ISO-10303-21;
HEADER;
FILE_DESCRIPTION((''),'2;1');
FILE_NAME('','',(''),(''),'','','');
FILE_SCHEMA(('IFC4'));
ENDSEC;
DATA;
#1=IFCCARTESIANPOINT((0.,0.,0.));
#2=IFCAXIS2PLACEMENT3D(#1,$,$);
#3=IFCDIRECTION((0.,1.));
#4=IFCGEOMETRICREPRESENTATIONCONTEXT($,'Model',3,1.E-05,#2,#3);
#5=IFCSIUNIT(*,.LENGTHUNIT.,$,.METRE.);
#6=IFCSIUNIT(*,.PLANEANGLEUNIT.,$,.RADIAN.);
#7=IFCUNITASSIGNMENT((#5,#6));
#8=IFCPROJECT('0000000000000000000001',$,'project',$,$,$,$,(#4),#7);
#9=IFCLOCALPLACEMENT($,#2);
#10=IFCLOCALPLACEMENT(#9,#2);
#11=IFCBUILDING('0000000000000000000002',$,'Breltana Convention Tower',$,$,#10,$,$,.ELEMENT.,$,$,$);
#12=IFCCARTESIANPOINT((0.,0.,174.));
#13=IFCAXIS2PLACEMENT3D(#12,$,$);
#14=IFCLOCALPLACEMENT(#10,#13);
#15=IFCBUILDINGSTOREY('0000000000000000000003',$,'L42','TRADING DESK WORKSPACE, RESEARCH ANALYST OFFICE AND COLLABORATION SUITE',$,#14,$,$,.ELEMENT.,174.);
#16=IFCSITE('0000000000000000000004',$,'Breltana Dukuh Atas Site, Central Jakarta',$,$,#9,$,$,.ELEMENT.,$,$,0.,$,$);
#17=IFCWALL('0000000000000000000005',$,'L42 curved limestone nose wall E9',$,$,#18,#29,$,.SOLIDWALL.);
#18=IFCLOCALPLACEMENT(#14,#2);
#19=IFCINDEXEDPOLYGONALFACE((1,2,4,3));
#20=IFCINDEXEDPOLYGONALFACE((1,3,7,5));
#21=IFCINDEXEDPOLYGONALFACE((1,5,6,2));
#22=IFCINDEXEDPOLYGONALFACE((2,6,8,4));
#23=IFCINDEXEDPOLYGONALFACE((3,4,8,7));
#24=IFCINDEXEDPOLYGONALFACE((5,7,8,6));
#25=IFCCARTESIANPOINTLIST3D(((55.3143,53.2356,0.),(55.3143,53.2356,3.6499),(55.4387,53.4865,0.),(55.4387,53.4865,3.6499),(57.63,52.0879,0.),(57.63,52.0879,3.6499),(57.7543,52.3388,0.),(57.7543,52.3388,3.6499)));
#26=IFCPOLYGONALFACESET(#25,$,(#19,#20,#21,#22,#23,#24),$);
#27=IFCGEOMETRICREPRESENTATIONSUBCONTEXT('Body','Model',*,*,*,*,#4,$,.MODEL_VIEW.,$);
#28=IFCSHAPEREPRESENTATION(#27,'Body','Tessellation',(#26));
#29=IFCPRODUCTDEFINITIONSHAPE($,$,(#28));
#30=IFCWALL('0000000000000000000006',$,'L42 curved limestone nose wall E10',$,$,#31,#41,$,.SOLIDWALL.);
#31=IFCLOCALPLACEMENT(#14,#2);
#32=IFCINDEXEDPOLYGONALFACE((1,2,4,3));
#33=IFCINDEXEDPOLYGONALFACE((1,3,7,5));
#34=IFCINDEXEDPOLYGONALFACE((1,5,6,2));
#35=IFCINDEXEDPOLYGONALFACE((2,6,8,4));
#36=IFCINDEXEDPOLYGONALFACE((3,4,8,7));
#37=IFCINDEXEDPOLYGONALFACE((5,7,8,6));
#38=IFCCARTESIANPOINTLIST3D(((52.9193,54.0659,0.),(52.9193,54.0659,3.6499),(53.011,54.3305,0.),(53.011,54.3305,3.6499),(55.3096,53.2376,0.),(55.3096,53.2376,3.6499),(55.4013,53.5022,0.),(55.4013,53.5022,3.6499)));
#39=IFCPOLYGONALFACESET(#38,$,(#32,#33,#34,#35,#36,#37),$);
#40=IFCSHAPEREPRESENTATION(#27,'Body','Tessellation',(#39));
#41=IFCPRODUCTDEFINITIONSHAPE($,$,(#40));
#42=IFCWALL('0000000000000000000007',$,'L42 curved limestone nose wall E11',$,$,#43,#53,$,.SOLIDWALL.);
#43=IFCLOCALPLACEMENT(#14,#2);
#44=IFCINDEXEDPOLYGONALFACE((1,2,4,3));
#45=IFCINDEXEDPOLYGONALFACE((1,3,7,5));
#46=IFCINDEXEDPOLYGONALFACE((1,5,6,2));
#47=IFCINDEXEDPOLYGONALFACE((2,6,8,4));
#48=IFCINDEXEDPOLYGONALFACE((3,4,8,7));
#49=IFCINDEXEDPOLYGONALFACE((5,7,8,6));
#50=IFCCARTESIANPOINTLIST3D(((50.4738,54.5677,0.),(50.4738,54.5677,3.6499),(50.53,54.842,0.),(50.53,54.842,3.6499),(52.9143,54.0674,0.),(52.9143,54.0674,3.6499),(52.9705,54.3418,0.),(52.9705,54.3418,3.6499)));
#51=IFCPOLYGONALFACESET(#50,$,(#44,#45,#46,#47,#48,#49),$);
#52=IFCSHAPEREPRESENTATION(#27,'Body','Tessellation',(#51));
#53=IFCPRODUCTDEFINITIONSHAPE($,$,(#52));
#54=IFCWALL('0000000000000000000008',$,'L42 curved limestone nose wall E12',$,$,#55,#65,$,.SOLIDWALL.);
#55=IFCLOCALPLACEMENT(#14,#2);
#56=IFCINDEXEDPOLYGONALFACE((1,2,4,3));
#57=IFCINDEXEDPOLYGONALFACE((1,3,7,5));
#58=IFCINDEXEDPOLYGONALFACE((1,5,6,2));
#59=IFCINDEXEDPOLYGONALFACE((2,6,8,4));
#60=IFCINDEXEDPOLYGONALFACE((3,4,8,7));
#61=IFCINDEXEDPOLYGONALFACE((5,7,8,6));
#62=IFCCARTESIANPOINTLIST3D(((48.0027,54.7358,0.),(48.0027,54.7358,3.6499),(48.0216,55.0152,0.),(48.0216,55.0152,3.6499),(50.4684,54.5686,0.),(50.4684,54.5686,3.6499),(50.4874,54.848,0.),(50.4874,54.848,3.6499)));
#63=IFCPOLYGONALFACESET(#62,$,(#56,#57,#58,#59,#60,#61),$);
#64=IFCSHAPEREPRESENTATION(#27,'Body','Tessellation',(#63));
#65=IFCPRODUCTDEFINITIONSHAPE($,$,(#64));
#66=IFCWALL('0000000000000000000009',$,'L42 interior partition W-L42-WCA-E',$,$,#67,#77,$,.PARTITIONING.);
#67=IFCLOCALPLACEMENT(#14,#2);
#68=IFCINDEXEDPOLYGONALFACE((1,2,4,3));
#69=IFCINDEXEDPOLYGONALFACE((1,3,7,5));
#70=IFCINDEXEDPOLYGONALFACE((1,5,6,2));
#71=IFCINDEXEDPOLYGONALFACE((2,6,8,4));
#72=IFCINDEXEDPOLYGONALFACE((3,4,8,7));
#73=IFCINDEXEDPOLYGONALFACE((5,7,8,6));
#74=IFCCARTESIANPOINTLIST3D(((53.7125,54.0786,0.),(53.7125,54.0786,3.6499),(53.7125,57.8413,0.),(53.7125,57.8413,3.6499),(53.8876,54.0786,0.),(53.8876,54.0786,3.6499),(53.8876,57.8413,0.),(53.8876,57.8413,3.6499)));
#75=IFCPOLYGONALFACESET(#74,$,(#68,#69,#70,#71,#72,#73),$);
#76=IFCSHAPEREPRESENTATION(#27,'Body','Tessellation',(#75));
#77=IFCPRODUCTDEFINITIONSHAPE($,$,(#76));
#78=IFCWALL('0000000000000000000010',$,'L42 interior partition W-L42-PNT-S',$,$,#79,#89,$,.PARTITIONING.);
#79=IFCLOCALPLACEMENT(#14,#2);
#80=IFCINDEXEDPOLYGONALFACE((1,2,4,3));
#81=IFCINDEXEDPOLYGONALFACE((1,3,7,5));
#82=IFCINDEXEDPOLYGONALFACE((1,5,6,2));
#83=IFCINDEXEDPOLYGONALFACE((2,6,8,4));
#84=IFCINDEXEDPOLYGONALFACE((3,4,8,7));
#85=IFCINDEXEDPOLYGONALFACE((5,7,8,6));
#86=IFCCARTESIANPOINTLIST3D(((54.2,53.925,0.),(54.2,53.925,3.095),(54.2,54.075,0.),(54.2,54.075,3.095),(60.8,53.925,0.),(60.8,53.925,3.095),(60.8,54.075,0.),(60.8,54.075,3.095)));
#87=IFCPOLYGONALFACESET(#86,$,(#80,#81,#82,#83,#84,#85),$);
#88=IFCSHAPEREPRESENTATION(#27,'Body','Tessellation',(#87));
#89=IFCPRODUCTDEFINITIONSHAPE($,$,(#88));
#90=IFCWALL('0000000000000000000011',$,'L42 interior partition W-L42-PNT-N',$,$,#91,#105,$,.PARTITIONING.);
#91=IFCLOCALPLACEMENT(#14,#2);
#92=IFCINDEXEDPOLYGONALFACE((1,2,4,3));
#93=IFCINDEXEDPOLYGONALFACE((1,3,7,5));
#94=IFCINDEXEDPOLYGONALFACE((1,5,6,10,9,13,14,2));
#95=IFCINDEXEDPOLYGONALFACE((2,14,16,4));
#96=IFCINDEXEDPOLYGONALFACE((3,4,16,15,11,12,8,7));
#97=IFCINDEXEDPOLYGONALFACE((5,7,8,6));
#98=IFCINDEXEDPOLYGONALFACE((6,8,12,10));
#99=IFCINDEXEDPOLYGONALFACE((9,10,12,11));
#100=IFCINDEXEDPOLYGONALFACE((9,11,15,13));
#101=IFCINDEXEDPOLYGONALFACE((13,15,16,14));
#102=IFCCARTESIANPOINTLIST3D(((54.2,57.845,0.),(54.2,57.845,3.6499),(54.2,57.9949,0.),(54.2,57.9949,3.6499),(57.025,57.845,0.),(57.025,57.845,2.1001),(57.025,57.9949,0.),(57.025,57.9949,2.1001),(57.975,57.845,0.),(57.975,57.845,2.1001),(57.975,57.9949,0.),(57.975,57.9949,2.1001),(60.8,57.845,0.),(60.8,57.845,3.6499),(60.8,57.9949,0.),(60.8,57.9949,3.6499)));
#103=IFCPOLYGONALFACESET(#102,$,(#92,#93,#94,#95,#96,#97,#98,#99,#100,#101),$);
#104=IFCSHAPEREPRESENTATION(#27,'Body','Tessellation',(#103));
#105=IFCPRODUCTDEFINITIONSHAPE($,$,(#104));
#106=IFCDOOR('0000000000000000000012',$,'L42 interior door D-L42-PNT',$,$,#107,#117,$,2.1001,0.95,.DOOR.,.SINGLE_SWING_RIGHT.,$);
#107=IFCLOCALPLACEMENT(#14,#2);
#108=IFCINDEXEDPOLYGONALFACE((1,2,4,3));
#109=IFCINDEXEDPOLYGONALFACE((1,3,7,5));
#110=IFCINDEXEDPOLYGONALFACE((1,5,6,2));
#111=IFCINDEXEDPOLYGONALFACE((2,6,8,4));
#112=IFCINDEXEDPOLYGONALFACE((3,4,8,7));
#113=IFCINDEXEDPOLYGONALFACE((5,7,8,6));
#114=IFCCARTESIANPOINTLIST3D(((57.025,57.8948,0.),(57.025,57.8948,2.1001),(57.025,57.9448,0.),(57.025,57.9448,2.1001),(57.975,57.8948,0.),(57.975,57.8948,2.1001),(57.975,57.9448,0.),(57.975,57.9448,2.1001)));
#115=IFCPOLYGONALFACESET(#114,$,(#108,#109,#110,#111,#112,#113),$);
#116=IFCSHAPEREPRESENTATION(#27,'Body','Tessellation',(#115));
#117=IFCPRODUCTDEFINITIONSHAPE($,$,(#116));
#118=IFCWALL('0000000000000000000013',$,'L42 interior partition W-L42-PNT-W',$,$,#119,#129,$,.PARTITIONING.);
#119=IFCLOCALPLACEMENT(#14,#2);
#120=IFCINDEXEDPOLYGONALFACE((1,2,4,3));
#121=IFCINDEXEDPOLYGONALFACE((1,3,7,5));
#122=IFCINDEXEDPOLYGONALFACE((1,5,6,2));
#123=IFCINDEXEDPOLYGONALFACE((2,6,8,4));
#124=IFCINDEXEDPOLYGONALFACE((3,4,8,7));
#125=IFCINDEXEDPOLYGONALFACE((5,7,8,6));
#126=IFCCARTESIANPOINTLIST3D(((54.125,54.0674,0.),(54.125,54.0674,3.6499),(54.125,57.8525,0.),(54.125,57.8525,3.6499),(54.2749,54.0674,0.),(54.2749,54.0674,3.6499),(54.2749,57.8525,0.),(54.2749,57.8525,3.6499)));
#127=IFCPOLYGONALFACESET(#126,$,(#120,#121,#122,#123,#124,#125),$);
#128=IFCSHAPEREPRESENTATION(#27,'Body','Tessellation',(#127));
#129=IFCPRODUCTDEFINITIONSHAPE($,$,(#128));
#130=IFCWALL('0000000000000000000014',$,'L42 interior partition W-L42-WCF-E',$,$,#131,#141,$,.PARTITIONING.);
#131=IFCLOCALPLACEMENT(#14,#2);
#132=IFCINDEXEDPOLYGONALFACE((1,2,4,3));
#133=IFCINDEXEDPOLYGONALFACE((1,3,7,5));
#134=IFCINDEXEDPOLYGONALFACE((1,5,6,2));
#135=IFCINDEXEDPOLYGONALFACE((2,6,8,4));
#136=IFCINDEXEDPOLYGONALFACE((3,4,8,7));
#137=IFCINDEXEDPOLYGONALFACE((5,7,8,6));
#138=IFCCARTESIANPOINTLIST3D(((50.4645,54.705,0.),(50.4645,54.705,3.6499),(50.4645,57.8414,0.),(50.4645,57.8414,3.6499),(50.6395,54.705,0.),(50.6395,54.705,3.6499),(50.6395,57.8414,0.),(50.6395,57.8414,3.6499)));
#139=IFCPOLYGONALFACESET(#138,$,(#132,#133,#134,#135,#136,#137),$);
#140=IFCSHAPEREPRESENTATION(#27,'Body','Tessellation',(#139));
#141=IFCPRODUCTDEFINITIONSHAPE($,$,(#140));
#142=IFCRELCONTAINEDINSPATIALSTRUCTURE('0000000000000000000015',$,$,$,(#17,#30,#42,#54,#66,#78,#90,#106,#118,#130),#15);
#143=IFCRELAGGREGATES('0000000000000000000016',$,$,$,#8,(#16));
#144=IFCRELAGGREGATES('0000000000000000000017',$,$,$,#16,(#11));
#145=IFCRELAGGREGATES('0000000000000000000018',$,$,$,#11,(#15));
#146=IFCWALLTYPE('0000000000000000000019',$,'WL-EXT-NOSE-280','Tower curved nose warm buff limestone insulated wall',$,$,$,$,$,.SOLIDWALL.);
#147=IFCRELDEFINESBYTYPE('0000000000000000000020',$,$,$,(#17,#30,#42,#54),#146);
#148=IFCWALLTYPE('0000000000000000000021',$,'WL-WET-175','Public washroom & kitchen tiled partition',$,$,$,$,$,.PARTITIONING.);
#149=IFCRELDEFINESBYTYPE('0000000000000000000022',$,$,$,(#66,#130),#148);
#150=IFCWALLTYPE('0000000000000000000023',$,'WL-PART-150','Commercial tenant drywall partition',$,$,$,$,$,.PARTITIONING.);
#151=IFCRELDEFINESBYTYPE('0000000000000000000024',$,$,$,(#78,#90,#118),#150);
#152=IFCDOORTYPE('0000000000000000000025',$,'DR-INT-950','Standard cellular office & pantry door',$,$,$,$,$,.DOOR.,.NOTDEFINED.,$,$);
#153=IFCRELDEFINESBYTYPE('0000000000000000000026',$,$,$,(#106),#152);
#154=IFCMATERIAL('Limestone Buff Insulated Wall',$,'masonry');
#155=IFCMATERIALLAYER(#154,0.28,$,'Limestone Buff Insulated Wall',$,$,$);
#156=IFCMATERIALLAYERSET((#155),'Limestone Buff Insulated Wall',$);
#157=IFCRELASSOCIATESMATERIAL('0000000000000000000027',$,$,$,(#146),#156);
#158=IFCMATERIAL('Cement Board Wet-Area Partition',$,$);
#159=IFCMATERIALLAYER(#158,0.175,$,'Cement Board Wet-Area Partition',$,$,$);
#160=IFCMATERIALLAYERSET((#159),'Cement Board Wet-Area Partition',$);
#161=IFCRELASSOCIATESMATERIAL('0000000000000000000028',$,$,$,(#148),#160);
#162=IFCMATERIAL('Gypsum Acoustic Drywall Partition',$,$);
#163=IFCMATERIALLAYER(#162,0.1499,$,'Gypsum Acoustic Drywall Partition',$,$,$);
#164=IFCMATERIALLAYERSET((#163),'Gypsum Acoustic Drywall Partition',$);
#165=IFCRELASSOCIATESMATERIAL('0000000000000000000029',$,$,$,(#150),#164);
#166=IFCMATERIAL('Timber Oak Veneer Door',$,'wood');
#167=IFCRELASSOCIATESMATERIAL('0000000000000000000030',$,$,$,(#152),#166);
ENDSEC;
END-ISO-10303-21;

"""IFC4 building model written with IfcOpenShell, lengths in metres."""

from ifc_helpers import new_model, si_unit, direction, frame, frame_2d, origin, place, context, subcontext, project, spatial, rectangle, extrude, source, transform, mapped, material, layer, layer_set, type_object, type_shapes, element, fill, save


model = new_model("IFC4")

# Units and contexts
model_context = context("Model", 3, precision=1e-05, world=origin(), true_north=direction((0.0, 1.0)))
body_context = subcontext(model_context, "Body", "Model", "MODEL_VIEW")
ifc_project = project(units=[si_unit("LENGTHUNIT", "METRE"), si_unit("PLANEANGLEUNIT", "RADIAN")], contexts=[model_context])

# Site, building, storey
site_placement = place(None, origin())
site = spatial("IfcSite", under=ifc_project, at=site_placement, Name="Breltana Dukuh Atas Site, Central Jakarta", CompositionType="ELEMENT", RefElevation=0.0)
building_placement = place(site_placement, origin())
building = spatial("IfcBuilding", under=site, at=building_placement, Name="Breltana Convention Tower", CompositionType="ELEMENT")
storey_placement = place(building_placement, frame((0.0, 0.0, 174.0)))
storey = spatial("IfcBuildingStorey", under=building, at=storey_placement, Name="L42", Description="TRADING DESK WORKSPACE, RESEARCH ANALYST OFFICE AND COLLABORATION SUITE", CompositionType="ELEMENT", Elevation=174.0)

# Walls
ifc_material_1 = material(Name="Limestone Buff Insulated Wall", Category="masonry")
ifc_layer_1 = layer(ifc_material_1, 0.28, Name="Limestone Buff Insulated Wall")
ifc_layer_set_1 = layer_set([ifc_layer_1], Name="Limestone Buff Insulated Wall")
wall_type_1 = type_object("IfcWallType", Name="WL-EXT-NOSE-280", Description="Tower curved nose warm buff limestone insulated wall", PredefinedType="SOLIDWALL", material=ifc_layer_set_1)
shared_shape_1 = source(origin(), body_context, "Body", "SweptSolid", [
    extrude(rectangle(XDim=2.5845, YDim=0.28, at=frame_2d((1.2922, 0.0))), origin(), (0.0, 0.0, 1.0), 3.6499),
])
wall_1_placement = place(storey_placement, frame((57.6921, 52.2134, 0.0), z_axis=(0.0, 0.0, 1.0), x_axis=(-0.89599, 0.444075, 0.0)))
element("IfcWall", 1, at=wall_1_placement, inside=storey, type_object=wall_type_1, Name="L42 curved limestone nose wall E9", PredefinedType="SOLIDWALL", context=body_context, shape_type="MappedRepresentation", body=[
    mapped(shared_shape_1, transform((0.0, 0.0, 0.0), scale=1.0)),
])
shared_shape_2 = source(origin(), body_context, "Body", "SweptSolid", [
    extrude(rectangle(XDim=2.5298, YDim=0.28, at=frame_2d((1.2649, 0.0))), origin(), (0.0, 0.0, 1.0), 3.6499),
])
wall_2_placement = place(storey_placement, frame((55.3555, 53.3699, 0.0), z_axis=(0.0, 0.0, 1.0), x_axis=(-0.944872, 0.327439, 0.0)))
element("IfcWall", 2, at=wall_2_placement, inside=storey, type_object=wall_type_1, Name="L42 curved limestone nose wall E10", PredefinedType="SOLIDWALL", context=body_context, shape_type="MappedRepresentation", body=[
    mapped(shared_shape_2, transform((0.0, 0.0, 0.0), scale=1.0)),
])
shared_shape_3 = source(origin(), body_context, "Body", "SweptSolid", [
    extrude(rectangle(XDim=2.4912, YDim=0.28, at=frame_2d((1.2456, 0.0))), origin(), (0.0, 0.0, 1.0), 3.6499),
])
wall_3_placement = place(storey_placement, frame((52.9424, 54.2046, 0.0), z_axis=(0.0, 0.0, 1.0), x_axis=(-0.979631, 0.200807, 0.0)))
element("IfcWall", 3, at=wall_3_placement, inside=storey, type_object=wall_type_1, Name="L42 curved limestone nose wall E11", PredefinedType="SOLIDWALL", context=body_context, shape_type="MappedRepresentation", body=[
    mapped(shared_shape_3, transform((0.0, 0.0, 0.0), scale=1.0)),
])
shared_shape_4 = source(origin(), body_context, "Body", "SweptSolid", [
    extrude(rectangle(XDim=2.4714, YDim=0.28, at=frame_2d((1.2358, 0.0))), origin(), (0.0, 0.0, 1.0), 3.6499),
])
wall_4_placement = place(storey_placement, frame((50.478, 54.7083, 0.0), z_axis=(0.0, 0.0, 1.0), x_axis=(-0.997708, 0.067666, 0.0)))
element("IfcWall", 4, at=wall_4_placement, inside=storey, type_object=wall_type_1, Name="L42 curved limestone nose wall E12", PredefinedType="SOLIDWALL", context=body_context, shape_type="MappedRepresentation", body=[
    mapped(shared_shape_4, transform((0.0, 0.0, 0.0), scale=1.0)),
])
ifc_material_2 = material(Name="Cement Board Wet-Area Partition")
ifc_layer_2 = layer(ifc_material_2, 0.175, Name="Cement Board Wet-Area Partition")
ifc_layer_set_2 = layer_set([ifc_layer_2], Name="Cement Board Wet-Area Partition")
wall_type_2 = type_object("IfcWallType", Name="WL-WET-175", Description="Public washroom & kitchen tiled partition", PredefinedType="PARTITIONING", material=ifc_layer_set_2)
shared_shape_5 = source(origin(), body_context, "Body", "SweptSolid", [
    extrude(rectangle(XDim=3.7627, YDim=0.175, at=frame_2d((1.8813, 0.0))), origin(), (0.0, 0.0, 1.0), 3.6499),
])
wall_5_placement = place(storey_placement, frame((53.8, 54.0786, 0.0), z_axis=(0.0, 0.0, 1.0), x_axis=(0.0, 1.0, 0.0)))
element("IfcWall", 5, at=wall_5_placement, inside=storey, type_object=wall_type_2, Name="L42 interior partition W-L42-WCA-E", PredefinedType="PARTITIONING", context=body_context, shape_type="MappedRepresentation", body=[
    mapped(shared_shape_5, transform((0.0, 0.0, 0.0), scale=1.0)),
])

# Wall
ifc_material_3 = material(Name="Gypsum Acoustic Drywall Partition")
ifc_layer_3 = layer(ifc_material_3, 0.1499, Name="Gypsum Acoustic Drywall Partition")
ifc_layer_set_3 = layer_set([ifc_layer_3], Name="Gypsum Acoustic Drywall Partition")
wall_type_3 = type_object("IfcWallType", Name="WL-PART-150", Description="Commercial tenant drywall partition", PredefinedType="PARTITIONING", material=ifc_layer_set_3)
shared_shape_6 = source(origin(), body_context, "Body", "SweptSolid", [
    extrude(rectangle(XDim=6.6001, YDim=0.1499, at=frame_2d((3.3, 0.0))), origin(), (0.0, 0.0, 1.0), 3.095),
])
wall_6_placement = place(storey_placement, frame((54.2, 54.0, 0.0), z_axis=(0.0, 0.0, 1.0), x_axis=(1.0, 0.0, 0.0)))
element("IfcWall", 6, at=wall_6_placement, inside=storey, type_object=wall_type_3, Name="L42 interior partition W-L42-PNT-S", PredefinedType="PARTITIONING", context=body_context, shape_type="MappedRepresentation", body=[
    mapped(shared_shape_6, transform((0.0, 0.0, 0.0), scale=1.0)),
])

# Wall, opening, door
shared_shape_7 = source(origin(), body_context, "Body", "SweptSolid", [
    extrude(rectangle(XDim=6.6001, YDim=0.1499, at=frame_2d((3.3, 0.0))), origin(), (0.0, 0.0, 1.0), 3.6499),
])
wall_7_placement = place(storey_placement, frame((54.2, 57.9199, 0.0), z_axis=(0.0, 0.0, 1.0), x_axis=(1.0, 0.0, 0.0)))
wall_7 = element("IfcWall", 7, at=wall_7_placement, inside=storey, type_object=wall_type_3, Name="L42 interior partition W-L42-PNT-N", PredefinedType="PARTITIONING", context=body_context, shape_type="MappedRepresentation", body=[
    mapped(shared_shape_7, transform((0.0, 0.0, 0.0), scale=1.0)),
])
opening_1_placement = place(wall_7_placement, frame((2.825, 0.0, 0.0)))
opening_1 = element("IfcOpeningElement", 8, at=opening_1_placement, cuts=wall_7, PredefinedType="OPENING", context=body_context, shape_type="SweptSolid", body=[
    extrude(rectangle(XDim=0.95, YDim=2.1001, at=frame_2d((0.4751, 1.05))), frame((0.0, 0.085, 0.0), z_axis=(0.0, -1.0, 0.0), x_axis=(1.0, 0.0, 0.0)), (0.0, 0.0, 1.0), 0.1699),
])
ifc_material_4 = material(Name="Timber Oak Veneer Door", Category="wood")
door_type_1 = type_object("IfcDoorType", Name="DR-INT-950", Description="Standard cellular office & pantry door", OperationType="NOTDEFINED", PredefinedType="DOOR", material=ifc_material_4)
shared_shape_8 = source(origin(), body_context, "Body", "SweptSolid", [
    extrude(rectangle(XDim=0.95, YDim=2.1001, at=frame_2d((0.4751, 1.05))), frame((0.0, 0.0249, 0.0), z_axis=(0.0, -1.0, 0.0), x_axis=(1.0, 0.0, 0.0)), (0.0, 0.0, 1.0), 0.05),
])
type_shapes(door_type_1, [shared_shape_8])
door_1_placement = place(opening_1_placement, origin())
door_1 = element("IfcDoor", 9, at=door_1_placement, inside=storey, type_object=door_type_1, Name="L42 interior door D-L42-PNT", OperationType="SINGLE_SWING_RIGHT", OverallHeight=2.1001, OverallWidth=0.95, PredefinedType="DOOR", context=body_context, shape_type="MappedRepresentation", body=[
    mapped(shared_shape_8, transform((0.0, 0.0, 0.0), scale=1.0)),
])
fill(opening_1, door_1)

# Walls
shared_shape_9 = source(origin(), body_context, "Body", "SweptSolid", [
    extrude(rectangle(XDim=3.7852, YDim=0.1499, at=frame_2d((1.8926, 0.0))), origin(), (0.0, 0.0, 1.0), 3.6499),
])
wall_8_placement = place(storey_placement, frame((54.2, 54.0674, 0.0), z_axis=(0.0, 0.0, 1.0), x_axis=(0.0, 1.0, 0.0)))
element("IfcWall", 10, at=wall_8_placement, inside=storey, type_object=wall_type_3, Name="L42 interior partition W-L42-PNT-W", PredefinedType="PARTITIONING", context=body_context, shape_type="MappedRepresentation", body=[
    mapped(shared_shape_9, transform((0.0, 0.0, 0.0), scale=1.0)),
])
shared_shape_10 = source(origin(), body_context, "Body", "SweptSolid", [
    extrude(rectangle(XDim=3.1365, YDim=0.175, at=frame_2d((1.5684, 0.0))), origin(), (0.0, 0.0, 1.0), 3.6499),
])
wall_9_placement = place(storey_placement, frame((50.552, 54.7048, 0.0), z_axis=(0.0, 0.0, 1.0), x_axis=(0.0, 1.0, 0.0)))
element("IfcWall", 11, at=wall_9_placement, inside=storey, type_object=wall_type_2, Name="L42 interior partition W-L42-WCF-E", PredefinedType="PARTITIONING", context=body_context, shape_type="MappedRepresentation", body=[
    mapped(shared_shape_10, transform((0.0, 0.0, 0.0), scale=1.0)),
])

save(model, "model.ifc")
